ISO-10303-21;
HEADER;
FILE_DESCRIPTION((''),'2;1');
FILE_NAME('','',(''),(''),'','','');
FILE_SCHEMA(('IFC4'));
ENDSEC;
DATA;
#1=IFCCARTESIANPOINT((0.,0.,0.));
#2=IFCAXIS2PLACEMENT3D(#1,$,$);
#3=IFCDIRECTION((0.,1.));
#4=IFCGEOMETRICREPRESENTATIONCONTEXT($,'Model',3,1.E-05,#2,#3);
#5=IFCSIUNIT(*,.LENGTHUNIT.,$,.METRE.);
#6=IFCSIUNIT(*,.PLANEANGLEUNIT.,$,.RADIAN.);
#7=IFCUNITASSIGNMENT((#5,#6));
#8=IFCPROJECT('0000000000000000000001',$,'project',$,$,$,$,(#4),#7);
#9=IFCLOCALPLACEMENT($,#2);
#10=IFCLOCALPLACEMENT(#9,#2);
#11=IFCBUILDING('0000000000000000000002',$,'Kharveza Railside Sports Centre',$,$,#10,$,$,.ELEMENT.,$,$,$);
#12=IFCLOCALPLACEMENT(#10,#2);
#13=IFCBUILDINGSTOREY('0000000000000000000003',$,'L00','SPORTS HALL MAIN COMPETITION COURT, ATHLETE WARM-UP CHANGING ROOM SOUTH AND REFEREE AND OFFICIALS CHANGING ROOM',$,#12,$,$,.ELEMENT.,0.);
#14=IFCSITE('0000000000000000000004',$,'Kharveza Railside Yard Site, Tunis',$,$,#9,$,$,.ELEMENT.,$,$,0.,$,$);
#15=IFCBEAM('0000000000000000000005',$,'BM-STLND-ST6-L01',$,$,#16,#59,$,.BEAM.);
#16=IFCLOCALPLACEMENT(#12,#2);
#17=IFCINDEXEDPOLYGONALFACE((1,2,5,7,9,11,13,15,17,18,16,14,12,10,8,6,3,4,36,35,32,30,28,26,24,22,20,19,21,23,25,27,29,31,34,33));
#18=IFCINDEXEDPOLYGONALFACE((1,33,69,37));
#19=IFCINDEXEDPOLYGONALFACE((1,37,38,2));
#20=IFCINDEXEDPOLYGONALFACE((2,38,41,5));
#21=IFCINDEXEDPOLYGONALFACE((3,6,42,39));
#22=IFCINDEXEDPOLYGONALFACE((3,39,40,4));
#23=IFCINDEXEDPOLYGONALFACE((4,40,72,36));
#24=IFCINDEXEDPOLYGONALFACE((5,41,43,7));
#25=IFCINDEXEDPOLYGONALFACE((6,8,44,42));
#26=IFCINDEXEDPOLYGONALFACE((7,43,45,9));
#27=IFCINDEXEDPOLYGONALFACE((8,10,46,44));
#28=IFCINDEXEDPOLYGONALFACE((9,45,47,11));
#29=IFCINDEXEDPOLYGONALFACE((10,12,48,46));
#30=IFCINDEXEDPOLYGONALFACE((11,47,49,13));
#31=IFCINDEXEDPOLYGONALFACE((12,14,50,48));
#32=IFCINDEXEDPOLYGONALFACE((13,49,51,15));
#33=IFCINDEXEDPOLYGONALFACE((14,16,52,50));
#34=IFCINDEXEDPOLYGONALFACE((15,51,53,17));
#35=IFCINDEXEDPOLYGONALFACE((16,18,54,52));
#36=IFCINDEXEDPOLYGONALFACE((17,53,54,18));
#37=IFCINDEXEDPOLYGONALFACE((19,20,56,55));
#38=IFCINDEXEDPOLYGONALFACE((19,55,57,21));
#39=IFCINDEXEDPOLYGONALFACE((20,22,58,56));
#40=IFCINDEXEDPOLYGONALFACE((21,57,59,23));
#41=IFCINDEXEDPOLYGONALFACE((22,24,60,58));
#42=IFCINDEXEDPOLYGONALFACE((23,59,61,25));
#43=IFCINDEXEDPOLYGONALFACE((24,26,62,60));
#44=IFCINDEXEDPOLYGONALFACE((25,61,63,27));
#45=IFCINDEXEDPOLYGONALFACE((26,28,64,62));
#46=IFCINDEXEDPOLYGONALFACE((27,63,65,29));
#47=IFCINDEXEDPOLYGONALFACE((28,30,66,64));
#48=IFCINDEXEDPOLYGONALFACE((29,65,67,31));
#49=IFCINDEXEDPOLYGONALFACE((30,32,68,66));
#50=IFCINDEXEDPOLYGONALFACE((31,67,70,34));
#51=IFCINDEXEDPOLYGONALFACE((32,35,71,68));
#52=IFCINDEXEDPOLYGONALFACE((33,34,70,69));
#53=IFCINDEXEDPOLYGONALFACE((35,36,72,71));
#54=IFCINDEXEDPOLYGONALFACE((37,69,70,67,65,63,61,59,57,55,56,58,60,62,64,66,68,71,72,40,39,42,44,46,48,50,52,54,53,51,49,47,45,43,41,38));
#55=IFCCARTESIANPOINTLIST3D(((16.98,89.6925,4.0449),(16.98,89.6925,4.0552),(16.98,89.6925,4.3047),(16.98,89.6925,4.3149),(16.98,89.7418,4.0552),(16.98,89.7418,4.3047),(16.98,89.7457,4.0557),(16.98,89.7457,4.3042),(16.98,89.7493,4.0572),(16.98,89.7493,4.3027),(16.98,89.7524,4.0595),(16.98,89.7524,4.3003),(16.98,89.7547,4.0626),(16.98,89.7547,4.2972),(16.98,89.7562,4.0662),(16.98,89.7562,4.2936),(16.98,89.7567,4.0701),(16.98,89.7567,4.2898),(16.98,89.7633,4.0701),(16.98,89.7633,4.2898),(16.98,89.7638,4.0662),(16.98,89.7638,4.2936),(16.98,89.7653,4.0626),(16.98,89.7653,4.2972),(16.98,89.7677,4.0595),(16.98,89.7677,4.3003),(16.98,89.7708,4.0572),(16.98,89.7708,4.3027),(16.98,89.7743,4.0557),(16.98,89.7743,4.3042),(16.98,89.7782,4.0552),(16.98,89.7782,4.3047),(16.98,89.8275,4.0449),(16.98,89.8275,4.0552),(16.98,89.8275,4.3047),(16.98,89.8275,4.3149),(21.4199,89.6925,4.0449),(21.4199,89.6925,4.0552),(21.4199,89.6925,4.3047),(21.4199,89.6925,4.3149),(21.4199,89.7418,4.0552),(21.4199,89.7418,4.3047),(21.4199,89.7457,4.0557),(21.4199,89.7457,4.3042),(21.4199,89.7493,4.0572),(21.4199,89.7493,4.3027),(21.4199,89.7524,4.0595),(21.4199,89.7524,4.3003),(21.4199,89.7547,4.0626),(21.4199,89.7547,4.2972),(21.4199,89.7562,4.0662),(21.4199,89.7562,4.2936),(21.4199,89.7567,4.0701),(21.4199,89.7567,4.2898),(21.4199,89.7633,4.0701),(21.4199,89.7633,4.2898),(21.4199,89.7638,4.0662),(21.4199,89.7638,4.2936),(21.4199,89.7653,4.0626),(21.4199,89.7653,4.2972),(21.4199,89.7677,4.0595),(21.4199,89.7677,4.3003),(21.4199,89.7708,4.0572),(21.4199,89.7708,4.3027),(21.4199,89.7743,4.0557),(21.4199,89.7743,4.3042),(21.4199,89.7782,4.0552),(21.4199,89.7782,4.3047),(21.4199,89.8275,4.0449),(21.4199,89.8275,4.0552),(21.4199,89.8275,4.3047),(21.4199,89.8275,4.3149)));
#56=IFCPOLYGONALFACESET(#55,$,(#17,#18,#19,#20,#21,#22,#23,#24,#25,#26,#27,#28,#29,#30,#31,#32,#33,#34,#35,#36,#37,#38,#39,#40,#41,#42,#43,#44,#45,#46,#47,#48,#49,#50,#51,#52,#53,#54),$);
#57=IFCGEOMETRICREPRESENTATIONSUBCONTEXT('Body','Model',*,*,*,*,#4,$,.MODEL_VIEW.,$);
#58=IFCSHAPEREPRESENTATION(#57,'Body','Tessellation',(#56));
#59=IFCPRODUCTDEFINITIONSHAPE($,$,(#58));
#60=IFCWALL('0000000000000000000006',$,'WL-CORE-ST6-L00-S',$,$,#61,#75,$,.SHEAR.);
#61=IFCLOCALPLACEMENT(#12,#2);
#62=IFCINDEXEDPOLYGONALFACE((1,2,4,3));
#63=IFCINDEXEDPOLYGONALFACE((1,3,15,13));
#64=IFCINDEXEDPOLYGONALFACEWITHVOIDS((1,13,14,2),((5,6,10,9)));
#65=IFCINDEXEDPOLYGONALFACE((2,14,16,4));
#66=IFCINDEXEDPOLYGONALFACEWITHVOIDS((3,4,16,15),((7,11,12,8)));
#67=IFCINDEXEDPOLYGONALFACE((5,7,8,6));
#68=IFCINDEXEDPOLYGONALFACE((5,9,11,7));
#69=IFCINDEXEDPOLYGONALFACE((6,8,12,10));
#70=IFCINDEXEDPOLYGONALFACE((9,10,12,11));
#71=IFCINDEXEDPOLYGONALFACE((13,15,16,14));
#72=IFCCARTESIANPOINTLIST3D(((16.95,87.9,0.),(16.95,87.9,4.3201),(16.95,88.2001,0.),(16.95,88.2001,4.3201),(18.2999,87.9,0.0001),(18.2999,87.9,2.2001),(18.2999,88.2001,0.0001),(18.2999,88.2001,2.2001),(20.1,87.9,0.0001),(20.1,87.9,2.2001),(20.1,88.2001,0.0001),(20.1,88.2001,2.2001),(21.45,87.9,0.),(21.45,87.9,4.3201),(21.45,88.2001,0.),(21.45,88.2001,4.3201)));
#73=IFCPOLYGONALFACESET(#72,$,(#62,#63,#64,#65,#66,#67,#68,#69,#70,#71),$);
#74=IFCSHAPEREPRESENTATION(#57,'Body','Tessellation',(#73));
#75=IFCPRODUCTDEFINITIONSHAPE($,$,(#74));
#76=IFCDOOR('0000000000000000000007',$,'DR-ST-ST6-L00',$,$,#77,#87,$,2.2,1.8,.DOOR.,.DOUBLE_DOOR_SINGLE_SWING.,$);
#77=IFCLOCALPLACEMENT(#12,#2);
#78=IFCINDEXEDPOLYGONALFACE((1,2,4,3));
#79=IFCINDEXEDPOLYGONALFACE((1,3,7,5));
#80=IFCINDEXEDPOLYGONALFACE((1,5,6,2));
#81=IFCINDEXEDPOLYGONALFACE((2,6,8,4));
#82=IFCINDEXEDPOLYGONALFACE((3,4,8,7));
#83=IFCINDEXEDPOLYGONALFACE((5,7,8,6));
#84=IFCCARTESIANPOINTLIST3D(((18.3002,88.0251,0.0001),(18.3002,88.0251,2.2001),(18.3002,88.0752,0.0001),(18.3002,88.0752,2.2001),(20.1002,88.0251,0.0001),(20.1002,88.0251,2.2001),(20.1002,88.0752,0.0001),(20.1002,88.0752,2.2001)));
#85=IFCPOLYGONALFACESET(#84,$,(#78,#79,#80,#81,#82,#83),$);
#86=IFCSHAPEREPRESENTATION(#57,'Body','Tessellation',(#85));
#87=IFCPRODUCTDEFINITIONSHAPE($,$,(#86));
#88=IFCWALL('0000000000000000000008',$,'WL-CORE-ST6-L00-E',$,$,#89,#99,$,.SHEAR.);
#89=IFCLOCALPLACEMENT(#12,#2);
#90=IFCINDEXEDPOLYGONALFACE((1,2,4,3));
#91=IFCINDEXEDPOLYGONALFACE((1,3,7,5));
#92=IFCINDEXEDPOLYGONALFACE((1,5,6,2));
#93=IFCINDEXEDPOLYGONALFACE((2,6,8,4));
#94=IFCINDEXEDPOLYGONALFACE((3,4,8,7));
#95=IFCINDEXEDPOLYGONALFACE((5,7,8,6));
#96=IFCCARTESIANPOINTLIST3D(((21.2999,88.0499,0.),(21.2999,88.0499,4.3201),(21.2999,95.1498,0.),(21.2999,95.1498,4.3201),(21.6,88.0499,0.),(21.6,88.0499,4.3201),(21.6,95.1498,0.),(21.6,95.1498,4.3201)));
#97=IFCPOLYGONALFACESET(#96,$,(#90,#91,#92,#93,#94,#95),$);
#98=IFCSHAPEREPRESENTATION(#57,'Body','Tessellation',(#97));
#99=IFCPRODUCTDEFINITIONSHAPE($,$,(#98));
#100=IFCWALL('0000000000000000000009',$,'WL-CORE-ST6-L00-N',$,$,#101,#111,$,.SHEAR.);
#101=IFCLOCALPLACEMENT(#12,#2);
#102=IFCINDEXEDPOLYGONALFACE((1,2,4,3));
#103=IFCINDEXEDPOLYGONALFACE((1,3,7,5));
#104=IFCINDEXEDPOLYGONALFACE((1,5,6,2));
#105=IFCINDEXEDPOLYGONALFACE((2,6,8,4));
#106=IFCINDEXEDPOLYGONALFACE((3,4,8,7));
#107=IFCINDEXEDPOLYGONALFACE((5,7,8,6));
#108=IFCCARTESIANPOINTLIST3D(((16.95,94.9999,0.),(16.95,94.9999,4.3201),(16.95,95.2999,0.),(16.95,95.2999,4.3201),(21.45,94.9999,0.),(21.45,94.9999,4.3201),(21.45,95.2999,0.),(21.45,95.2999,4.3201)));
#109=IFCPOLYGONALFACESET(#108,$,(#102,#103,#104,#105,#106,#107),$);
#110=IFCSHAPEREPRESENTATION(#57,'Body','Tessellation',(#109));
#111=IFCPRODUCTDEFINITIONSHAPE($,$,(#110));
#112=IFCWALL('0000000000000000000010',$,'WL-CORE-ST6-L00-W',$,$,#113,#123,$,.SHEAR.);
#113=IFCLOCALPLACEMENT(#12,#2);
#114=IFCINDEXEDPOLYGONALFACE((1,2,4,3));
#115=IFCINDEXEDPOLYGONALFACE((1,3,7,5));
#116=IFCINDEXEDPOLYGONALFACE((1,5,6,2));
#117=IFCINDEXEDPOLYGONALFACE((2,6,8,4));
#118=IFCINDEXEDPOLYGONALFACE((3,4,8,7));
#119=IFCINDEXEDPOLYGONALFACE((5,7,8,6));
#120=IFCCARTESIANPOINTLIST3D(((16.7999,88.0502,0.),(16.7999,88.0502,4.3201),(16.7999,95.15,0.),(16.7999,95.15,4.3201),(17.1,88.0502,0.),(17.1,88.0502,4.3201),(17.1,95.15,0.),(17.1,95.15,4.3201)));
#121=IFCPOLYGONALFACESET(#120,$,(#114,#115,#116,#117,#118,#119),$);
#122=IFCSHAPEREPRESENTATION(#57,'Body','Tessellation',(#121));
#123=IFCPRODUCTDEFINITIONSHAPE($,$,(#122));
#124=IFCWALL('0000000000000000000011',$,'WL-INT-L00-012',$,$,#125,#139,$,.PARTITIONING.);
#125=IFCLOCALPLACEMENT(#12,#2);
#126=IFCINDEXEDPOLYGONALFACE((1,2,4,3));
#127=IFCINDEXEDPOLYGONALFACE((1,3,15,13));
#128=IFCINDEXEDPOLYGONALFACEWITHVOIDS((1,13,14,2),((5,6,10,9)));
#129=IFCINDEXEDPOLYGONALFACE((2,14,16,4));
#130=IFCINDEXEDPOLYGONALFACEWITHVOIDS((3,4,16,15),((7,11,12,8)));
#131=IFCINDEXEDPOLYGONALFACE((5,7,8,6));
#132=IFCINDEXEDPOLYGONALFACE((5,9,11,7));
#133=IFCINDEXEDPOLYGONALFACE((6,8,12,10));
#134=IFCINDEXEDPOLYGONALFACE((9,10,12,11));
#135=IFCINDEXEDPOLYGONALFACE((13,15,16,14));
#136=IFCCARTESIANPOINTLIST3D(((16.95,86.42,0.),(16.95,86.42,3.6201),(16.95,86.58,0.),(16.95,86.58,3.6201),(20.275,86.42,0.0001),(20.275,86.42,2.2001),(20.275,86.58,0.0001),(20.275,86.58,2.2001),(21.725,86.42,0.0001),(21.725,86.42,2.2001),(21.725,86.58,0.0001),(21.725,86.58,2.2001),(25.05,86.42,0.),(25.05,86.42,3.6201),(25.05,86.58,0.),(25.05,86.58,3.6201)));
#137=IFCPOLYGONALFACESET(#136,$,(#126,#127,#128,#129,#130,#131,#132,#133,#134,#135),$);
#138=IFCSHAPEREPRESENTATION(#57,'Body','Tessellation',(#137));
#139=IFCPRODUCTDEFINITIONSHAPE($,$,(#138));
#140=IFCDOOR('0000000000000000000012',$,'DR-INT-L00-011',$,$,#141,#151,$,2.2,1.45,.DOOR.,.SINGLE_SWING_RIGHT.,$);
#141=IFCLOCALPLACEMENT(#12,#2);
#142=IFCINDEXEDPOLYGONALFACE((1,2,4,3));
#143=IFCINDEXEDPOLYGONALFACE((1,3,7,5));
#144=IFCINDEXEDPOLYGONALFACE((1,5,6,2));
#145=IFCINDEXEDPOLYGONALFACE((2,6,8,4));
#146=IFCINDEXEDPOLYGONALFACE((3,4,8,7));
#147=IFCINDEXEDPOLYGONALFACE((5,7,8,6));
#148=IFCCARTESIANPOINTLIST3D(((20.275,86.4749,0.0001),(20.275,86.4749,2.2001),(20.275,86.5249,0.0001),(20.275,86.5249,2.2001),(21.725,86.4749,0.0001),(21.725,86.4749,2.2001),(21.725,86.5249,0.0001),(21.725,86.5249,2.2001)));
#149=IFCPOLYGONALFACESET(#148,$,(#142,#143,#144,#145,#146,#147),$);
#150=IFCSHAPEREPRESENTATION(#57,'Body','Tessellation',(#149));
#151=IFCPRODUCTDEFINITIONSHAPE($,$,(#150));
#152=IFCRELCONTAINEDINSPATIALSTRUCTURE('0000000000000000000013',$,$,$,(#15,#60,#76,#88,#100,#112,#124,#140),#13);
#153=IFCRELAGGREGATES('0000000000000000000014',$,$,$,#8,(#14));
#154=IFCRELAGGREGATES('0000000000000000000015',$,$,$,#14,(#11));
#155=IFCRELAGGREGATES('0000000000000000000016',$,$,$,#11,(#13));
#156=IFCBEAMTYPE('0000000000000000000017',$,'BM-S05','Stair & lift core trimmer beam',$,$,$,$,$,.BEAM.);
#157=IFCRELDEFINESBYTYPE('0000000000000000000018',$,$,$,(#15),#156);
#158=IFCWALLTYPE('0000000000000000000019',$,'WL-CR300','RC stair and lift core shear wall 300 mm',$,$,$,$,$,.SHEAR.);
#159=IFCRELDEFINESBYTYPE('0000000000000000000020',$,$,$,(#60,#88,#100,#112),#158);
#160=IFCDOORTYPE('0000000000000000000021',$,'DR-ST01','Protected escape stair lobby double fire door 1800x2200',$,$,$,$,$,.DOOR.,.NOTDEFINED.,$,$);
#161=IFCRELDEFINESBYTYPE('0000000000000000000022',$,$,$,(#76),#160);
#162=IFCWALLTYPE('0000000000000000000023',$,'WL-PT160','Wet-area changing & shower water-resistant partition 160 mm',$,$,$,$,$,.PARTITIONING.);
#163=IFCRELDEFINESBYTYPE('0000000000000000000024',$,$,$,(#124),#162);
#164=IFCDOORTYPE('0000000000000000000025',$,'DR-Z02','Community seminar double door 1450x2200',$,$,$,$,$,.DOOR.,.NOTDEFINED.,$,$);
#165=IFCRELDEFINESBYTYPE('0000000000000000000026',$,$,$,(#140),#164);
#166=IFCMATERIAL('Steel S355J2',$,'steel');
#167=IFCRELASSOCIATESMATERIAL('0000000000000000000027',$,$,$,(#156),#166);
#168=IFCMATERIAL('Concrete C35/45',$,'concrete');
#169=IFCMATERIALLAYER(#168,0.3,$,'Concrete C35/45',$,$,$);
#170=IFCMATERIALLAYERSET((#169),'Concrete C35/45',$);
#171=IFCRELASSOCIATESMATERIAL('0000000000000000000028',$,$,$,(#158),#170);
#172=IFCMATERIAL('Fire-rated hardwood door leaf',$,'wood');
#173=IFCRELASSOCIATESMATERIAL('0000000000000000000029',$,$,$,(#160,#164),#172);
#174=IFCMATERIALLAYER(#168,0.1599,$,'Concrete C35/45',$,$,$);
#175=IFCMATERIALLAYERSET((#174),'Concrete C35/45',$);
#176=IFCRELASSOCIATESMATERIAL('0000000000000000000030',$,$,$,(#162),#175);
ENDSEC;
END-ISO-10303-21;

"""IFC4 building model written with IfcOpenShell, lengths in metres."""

from ifc_helpers import new_model, si_unit, direction, frame, frame_2d, origin, origin_2d, place, context, subcontext, project, spatial, rectangle, i_section, extrude, material, layer, layer_set, material_profile, profile_set, type_object, element, fill, save


model = new_model("IFC4")

# Units and contexts
model_context = context("Model", 3, precision=1e-05, world=origin(), true_north=direction((0.0, 1.0)))
body_context = subcontext(model_context, "Body", "Model", "MODEL_VIEW")
ifc_project = project(units=[si_unit("LENGTHUNIT", "METRE"), si_unit("PLANEANGLEUNIT", "RADIAN")], contexts=[model_context])

# Site, building, storey
site_placement = place(None, origin())
site = spatial("IfcSite", under=ifc_project, at=site_placement, Name="Kharveza Railside Yard Site, Tunis", CompositionType="ELEMENT", RefElevation=0.0)
building_placement = place(site_placement, origin())
building = spatial("IfcBuilding", under=site, at=building_placement, Name="Kharveza Railside Sports Centre", CompositionType="ELEMENT")
storey_placement = place(building_placement, origin())
storey = spatial("IfcBuildingStorey", under=building, at=storey_placement, Name="L00", Description="SPORTS HALL MAIN COMPETITION COURT, ATHLETE WARM-UP CHANGING ROOM SOUTH AND REFEREE AND OFFICIALS CHANGING ROOM", CompositionType="ELEMENT", Elevation=0.0)

# Shared definitions
ifc_material_1 = material(Name="Concrete C35/45", Category="concrete")

# Beam
ifc_material_2 = material(Name="Steel S355J2", Category="steel")
ifc_material_profile_1 = material_profile(ifc_material_2, i_section(OverallWidth=0.135, OverallDepth=0.27, WebThickness=0.0066, FlangeThickness=0.0103, FilletRadius=0.0149, at=origin_2d()), Name="IPE 270")
ifc_profile_set_1 = profile_set([ifc_material_profile_1], Name="Steel S355J2")
beam_type_1 = type_object("IfcBeamType", Name="BM-S05", Description="Stair & lift core trimmer beam", PredefinedType="BEAM", material=ifc_profile_set_1)
for number, where, z_axis, x_axis, name in (
    (1, (16.98, 89.76, 4.1799), (1.0, 0.0, 0.0), (0.0, 1.0, 0.0), "BM-STLND-ST6-L01"),
):
    element("IfcBeam", number, at=place(storey_placement, frame(where, z_axis=z_axis, x_axis=x_axis)), inside=storey, type_object=beam_type_1, Name=name, PredefinedType="BEAM", context=body_context, shape_type="SweptSolid", body=[
        extrude(i_section(OverallWidth=0.135, OverallDepth=0.27, WebThickness=0.0066, FlangeThickness=0.0103, FilletRadius=0.0149, at=origin_2d()), origin(), (0.0, 0.0, 1.0), 4.4399),
    ])

# Wall, opening, door
ifc_layer_1 = layer(ifc_material_1, 0.3, Name="Concrete C35/45")
ifc_layer_set_1 = layer_set([ifc_layer_1], Name="Concrete C35/45")
wall_type_1 = type_object("IfcWallType", Name="WL-CR300", Description="RC stair and lift core shear wall 300 mm", PredefinedType="SHEAR", material=ifc_layer_set_1)
wall_1_placement = place(storey_placement, frame((16.95, 88.05, 0.0), z_axis=(0.0, 0.0, 1.0), x_axis=(1.0, 0.0, 0.0)))
wall_1 = element("IfcWall", 2, at=wall_1_placement, inside=storey, type_object=wall_type_1, Name="WL-CORE-ST6-L00-S", PredefinedType="SHEAR", context=body_context, shape_type="SweptSolid", body=[
    extrude(rectangle(XDim=4.5, YDim=0.3, at=frame_2d((2.25, 0.0))), origin(), (0.0, 0.0, 1.0), 4.3201),
])
opening_1_placement = place(wall_1_placement, frame((1.3501, 0.0, 0.0)))
opening_1 = element("IfcOpeningElement", 3, at=opening_1_placement, cuts=wall_1, PredefinedType="OPENING", context=body_context, shape_type="SweptSolid", body=[
    extrude(rectangle(XDim=1.8, YDim=2.2, at=frame_2d((0.8999, 1.1001))), frame((0.0, 0.1748, 0.0), z_axis=(0.0, -1.0, 0.0), x_axis=(1.0, 0.0, 0.0)), (0.0, 0.0, 1.0), 0.3499),
])
ifc_material_3 = material(Name="Fire-rated hardwood door leaf", Category="wood")
door_type_1 = type_object("IfcDoorType", Name="DR-ST01", Description="Protected escape stair lobby double fire door 1800x2200", OperationType="NOTDEFINED", PredefinedType="DOOR", material=ifc_material_3)
door_1_placement = place(opening_1_placement, frame((1.8, 0.0, 0.0), z_axis=(0.0, 0.0, 1.0), x_axis=(-1.0, 0.0, 0.0)))
door_1 = element("IfcDoor", 4, at=door_1_placement, inside=storey, type_object=door_type_1, Name="DR-ST-ST6-L00", OperationType="DOUBLE_DOOR_SINGLE_SWING", OverallHeight=2.2, OverallWidth=1.8, PredefinedType="DOOR", context=body_context, shape_type="SweptSolid", body=[
    extrude(rectangle(XDim=1.8, YDim=2.2, at=frame_2d((0.8999, 1.1001))), frame((0.0, 0.0249, 0.0), z_axis=(0.0, -1.0, 0.0), x_axis=(1.0, 0.0, 0.0)), (0.0, 0.0, 1.0), 0.05),
])
fill(opening_1, door_1)

# Walls
wall_2_placement = place(storey_placement, frame((21.45, 88.05, 0.0), z_axis=(0.0, 0.0, 1.0), x_axis=(0.0, 1.0, 0.0)))
element("IfcWall", 5, at=wall_2_placement, inside=storey, type_object=wall_type_1, Name="WL-CORE-ST6-L00-E", PredefinedType="SHEAR", context=body_context, shape_type="SweptSolid", body=[
    extrude(rectangle(XDim=7.0999, YDim=0.3, at=frame_2d((3.5498, 0.0))), origin(), (0.0, 0.0, 1.0), 4.3201),
])
wall_3_placement = place(storey_placement, frame((21.45, 95.1499, 0.0), z_axis=(0.0, 0.0, 1.0), x_axis=(-1.0, 0.0, 0.0)))
element("IfcWall", 6, at=wall_3_placement, inside=storey, type_object=wall_type_1, Name="WL-CORE-ST6-L00-N", PredefinedType="SHEAR", context=body_context, shape_type="SweptSolid", body=[
    extrude(rectangle(XDim=4.5, YDim=0.3, at=frame_2d((2.25, 0.0))), origin(), (0.0, 0.0, 1.0), 4.3201),
])
wall_4_placement = place(storey_placement, frame((16.95, 95.1499, 0.0), z_axis=(0.0, 0.0, 1.0), x_axis=(0.0, -1.0, 0.0)))
element("IfcWall", 7, at=wall_4_placement, inside=storey, type_object=wall_type_1, Name="WL-CORE-ST6-L00-W", PredefinedType="SHEAR", context=body_context, shape_type="SweptSolid", body=[
    extrude(rectangle(XDim=7.0999, YDim=0.3, at=frame_2d((3.5498, 0.0))), origin(), (0.0, 0.0, 1.0), 4.3201),
])

# Wall, opening, door
ifc_layer_2 = layer(ifc_material_1, 0.1599, Name="Concrete C35/45")
ifc_layer_set_2 = layer_set([ifc_layer_2], Name="Concrete C35/45")
wall_type_2 = type_object("IfcWallType", Name="WL-PT160", Description="Wet-area changing & shower water-resistant partition 160 mm", PredefinedType="PARTITIONING", material=ifc_layer_set_2)
wall_5_placement = place(storey_placement, frame((16.95, 86.5, 0.0), z_axis=(0.0, 0.0, 1.0), x_axis=(1.0, 0.0, 0.0)))
wall_5 = element("IfcWall", 8, at=wall_5_placement, inside=storey, type_object=wall_type_2, Name="WL-INT-L00-012", PredefinedType="PARTITIONING", context=body_context, shape_type="SweptSolid", body=[
    extrude(rectangle(XDim=8.1001, YDim=0.1599, at=frame_2d((4.05, 0.0))), origin(), (0.0, 0.0, 1.0), 3.6201),
])
opening_2_placement = place(wall_5_placement, frame((3.325, 0.0, 0.0)))
opening_2 = element("IfcOpeningElement", 9, at=opening_2_placement, cuts=wall_5, PredefinedType="OPENING", context=body_context, shape_type="SweptSolid", body=[
    extrude(rectangle(XDim=1.45, YDim=2.2, at=frame_2d((0.7251, 1.1001))), frame((0.0, 0.105, 0.0), z_axis=(0.0, -1.0, 0.0), x_axis=(1.0, 0.0, 0.0)), (0.0, 0.0, 1.0), 0.2097),
])
door_type_2 = type_object("IfcDoorType", Name="DR-Z02", Description="Community seminar double door 1450x2200", OperationType="NOTDEFINED", PredefinedType="DOOR", material=ifc_material_3)
door_2_placement = place(opening_2_placement, origin())
door_2 = element("IfcDoor", 10, at=door_2_placement, inside=storey, type_object=door_type_2, Name="DR-INT-L00-011", OperationType="SINGLE_SWING_RIGHT", OverallHeight=2.2, OverallWidth=1.45, PredefinedType="DOOR", context=body_context, shape_type="SweptSolid", body=[
    extrude(rectangle(XDim=1.45, YDim=2.2, at=frame_2d((0.7251, 1.1001))), frame((0.0, 0.0249, 0.0), z_axis=(0.0, -1.0, 0.0), x_axis=(1.0, 0.0, 0.0)), (0.0, 0.0, 1.0), 0.05),
])
fill(opening_2, door_2)

save(model, "model.ifc")
